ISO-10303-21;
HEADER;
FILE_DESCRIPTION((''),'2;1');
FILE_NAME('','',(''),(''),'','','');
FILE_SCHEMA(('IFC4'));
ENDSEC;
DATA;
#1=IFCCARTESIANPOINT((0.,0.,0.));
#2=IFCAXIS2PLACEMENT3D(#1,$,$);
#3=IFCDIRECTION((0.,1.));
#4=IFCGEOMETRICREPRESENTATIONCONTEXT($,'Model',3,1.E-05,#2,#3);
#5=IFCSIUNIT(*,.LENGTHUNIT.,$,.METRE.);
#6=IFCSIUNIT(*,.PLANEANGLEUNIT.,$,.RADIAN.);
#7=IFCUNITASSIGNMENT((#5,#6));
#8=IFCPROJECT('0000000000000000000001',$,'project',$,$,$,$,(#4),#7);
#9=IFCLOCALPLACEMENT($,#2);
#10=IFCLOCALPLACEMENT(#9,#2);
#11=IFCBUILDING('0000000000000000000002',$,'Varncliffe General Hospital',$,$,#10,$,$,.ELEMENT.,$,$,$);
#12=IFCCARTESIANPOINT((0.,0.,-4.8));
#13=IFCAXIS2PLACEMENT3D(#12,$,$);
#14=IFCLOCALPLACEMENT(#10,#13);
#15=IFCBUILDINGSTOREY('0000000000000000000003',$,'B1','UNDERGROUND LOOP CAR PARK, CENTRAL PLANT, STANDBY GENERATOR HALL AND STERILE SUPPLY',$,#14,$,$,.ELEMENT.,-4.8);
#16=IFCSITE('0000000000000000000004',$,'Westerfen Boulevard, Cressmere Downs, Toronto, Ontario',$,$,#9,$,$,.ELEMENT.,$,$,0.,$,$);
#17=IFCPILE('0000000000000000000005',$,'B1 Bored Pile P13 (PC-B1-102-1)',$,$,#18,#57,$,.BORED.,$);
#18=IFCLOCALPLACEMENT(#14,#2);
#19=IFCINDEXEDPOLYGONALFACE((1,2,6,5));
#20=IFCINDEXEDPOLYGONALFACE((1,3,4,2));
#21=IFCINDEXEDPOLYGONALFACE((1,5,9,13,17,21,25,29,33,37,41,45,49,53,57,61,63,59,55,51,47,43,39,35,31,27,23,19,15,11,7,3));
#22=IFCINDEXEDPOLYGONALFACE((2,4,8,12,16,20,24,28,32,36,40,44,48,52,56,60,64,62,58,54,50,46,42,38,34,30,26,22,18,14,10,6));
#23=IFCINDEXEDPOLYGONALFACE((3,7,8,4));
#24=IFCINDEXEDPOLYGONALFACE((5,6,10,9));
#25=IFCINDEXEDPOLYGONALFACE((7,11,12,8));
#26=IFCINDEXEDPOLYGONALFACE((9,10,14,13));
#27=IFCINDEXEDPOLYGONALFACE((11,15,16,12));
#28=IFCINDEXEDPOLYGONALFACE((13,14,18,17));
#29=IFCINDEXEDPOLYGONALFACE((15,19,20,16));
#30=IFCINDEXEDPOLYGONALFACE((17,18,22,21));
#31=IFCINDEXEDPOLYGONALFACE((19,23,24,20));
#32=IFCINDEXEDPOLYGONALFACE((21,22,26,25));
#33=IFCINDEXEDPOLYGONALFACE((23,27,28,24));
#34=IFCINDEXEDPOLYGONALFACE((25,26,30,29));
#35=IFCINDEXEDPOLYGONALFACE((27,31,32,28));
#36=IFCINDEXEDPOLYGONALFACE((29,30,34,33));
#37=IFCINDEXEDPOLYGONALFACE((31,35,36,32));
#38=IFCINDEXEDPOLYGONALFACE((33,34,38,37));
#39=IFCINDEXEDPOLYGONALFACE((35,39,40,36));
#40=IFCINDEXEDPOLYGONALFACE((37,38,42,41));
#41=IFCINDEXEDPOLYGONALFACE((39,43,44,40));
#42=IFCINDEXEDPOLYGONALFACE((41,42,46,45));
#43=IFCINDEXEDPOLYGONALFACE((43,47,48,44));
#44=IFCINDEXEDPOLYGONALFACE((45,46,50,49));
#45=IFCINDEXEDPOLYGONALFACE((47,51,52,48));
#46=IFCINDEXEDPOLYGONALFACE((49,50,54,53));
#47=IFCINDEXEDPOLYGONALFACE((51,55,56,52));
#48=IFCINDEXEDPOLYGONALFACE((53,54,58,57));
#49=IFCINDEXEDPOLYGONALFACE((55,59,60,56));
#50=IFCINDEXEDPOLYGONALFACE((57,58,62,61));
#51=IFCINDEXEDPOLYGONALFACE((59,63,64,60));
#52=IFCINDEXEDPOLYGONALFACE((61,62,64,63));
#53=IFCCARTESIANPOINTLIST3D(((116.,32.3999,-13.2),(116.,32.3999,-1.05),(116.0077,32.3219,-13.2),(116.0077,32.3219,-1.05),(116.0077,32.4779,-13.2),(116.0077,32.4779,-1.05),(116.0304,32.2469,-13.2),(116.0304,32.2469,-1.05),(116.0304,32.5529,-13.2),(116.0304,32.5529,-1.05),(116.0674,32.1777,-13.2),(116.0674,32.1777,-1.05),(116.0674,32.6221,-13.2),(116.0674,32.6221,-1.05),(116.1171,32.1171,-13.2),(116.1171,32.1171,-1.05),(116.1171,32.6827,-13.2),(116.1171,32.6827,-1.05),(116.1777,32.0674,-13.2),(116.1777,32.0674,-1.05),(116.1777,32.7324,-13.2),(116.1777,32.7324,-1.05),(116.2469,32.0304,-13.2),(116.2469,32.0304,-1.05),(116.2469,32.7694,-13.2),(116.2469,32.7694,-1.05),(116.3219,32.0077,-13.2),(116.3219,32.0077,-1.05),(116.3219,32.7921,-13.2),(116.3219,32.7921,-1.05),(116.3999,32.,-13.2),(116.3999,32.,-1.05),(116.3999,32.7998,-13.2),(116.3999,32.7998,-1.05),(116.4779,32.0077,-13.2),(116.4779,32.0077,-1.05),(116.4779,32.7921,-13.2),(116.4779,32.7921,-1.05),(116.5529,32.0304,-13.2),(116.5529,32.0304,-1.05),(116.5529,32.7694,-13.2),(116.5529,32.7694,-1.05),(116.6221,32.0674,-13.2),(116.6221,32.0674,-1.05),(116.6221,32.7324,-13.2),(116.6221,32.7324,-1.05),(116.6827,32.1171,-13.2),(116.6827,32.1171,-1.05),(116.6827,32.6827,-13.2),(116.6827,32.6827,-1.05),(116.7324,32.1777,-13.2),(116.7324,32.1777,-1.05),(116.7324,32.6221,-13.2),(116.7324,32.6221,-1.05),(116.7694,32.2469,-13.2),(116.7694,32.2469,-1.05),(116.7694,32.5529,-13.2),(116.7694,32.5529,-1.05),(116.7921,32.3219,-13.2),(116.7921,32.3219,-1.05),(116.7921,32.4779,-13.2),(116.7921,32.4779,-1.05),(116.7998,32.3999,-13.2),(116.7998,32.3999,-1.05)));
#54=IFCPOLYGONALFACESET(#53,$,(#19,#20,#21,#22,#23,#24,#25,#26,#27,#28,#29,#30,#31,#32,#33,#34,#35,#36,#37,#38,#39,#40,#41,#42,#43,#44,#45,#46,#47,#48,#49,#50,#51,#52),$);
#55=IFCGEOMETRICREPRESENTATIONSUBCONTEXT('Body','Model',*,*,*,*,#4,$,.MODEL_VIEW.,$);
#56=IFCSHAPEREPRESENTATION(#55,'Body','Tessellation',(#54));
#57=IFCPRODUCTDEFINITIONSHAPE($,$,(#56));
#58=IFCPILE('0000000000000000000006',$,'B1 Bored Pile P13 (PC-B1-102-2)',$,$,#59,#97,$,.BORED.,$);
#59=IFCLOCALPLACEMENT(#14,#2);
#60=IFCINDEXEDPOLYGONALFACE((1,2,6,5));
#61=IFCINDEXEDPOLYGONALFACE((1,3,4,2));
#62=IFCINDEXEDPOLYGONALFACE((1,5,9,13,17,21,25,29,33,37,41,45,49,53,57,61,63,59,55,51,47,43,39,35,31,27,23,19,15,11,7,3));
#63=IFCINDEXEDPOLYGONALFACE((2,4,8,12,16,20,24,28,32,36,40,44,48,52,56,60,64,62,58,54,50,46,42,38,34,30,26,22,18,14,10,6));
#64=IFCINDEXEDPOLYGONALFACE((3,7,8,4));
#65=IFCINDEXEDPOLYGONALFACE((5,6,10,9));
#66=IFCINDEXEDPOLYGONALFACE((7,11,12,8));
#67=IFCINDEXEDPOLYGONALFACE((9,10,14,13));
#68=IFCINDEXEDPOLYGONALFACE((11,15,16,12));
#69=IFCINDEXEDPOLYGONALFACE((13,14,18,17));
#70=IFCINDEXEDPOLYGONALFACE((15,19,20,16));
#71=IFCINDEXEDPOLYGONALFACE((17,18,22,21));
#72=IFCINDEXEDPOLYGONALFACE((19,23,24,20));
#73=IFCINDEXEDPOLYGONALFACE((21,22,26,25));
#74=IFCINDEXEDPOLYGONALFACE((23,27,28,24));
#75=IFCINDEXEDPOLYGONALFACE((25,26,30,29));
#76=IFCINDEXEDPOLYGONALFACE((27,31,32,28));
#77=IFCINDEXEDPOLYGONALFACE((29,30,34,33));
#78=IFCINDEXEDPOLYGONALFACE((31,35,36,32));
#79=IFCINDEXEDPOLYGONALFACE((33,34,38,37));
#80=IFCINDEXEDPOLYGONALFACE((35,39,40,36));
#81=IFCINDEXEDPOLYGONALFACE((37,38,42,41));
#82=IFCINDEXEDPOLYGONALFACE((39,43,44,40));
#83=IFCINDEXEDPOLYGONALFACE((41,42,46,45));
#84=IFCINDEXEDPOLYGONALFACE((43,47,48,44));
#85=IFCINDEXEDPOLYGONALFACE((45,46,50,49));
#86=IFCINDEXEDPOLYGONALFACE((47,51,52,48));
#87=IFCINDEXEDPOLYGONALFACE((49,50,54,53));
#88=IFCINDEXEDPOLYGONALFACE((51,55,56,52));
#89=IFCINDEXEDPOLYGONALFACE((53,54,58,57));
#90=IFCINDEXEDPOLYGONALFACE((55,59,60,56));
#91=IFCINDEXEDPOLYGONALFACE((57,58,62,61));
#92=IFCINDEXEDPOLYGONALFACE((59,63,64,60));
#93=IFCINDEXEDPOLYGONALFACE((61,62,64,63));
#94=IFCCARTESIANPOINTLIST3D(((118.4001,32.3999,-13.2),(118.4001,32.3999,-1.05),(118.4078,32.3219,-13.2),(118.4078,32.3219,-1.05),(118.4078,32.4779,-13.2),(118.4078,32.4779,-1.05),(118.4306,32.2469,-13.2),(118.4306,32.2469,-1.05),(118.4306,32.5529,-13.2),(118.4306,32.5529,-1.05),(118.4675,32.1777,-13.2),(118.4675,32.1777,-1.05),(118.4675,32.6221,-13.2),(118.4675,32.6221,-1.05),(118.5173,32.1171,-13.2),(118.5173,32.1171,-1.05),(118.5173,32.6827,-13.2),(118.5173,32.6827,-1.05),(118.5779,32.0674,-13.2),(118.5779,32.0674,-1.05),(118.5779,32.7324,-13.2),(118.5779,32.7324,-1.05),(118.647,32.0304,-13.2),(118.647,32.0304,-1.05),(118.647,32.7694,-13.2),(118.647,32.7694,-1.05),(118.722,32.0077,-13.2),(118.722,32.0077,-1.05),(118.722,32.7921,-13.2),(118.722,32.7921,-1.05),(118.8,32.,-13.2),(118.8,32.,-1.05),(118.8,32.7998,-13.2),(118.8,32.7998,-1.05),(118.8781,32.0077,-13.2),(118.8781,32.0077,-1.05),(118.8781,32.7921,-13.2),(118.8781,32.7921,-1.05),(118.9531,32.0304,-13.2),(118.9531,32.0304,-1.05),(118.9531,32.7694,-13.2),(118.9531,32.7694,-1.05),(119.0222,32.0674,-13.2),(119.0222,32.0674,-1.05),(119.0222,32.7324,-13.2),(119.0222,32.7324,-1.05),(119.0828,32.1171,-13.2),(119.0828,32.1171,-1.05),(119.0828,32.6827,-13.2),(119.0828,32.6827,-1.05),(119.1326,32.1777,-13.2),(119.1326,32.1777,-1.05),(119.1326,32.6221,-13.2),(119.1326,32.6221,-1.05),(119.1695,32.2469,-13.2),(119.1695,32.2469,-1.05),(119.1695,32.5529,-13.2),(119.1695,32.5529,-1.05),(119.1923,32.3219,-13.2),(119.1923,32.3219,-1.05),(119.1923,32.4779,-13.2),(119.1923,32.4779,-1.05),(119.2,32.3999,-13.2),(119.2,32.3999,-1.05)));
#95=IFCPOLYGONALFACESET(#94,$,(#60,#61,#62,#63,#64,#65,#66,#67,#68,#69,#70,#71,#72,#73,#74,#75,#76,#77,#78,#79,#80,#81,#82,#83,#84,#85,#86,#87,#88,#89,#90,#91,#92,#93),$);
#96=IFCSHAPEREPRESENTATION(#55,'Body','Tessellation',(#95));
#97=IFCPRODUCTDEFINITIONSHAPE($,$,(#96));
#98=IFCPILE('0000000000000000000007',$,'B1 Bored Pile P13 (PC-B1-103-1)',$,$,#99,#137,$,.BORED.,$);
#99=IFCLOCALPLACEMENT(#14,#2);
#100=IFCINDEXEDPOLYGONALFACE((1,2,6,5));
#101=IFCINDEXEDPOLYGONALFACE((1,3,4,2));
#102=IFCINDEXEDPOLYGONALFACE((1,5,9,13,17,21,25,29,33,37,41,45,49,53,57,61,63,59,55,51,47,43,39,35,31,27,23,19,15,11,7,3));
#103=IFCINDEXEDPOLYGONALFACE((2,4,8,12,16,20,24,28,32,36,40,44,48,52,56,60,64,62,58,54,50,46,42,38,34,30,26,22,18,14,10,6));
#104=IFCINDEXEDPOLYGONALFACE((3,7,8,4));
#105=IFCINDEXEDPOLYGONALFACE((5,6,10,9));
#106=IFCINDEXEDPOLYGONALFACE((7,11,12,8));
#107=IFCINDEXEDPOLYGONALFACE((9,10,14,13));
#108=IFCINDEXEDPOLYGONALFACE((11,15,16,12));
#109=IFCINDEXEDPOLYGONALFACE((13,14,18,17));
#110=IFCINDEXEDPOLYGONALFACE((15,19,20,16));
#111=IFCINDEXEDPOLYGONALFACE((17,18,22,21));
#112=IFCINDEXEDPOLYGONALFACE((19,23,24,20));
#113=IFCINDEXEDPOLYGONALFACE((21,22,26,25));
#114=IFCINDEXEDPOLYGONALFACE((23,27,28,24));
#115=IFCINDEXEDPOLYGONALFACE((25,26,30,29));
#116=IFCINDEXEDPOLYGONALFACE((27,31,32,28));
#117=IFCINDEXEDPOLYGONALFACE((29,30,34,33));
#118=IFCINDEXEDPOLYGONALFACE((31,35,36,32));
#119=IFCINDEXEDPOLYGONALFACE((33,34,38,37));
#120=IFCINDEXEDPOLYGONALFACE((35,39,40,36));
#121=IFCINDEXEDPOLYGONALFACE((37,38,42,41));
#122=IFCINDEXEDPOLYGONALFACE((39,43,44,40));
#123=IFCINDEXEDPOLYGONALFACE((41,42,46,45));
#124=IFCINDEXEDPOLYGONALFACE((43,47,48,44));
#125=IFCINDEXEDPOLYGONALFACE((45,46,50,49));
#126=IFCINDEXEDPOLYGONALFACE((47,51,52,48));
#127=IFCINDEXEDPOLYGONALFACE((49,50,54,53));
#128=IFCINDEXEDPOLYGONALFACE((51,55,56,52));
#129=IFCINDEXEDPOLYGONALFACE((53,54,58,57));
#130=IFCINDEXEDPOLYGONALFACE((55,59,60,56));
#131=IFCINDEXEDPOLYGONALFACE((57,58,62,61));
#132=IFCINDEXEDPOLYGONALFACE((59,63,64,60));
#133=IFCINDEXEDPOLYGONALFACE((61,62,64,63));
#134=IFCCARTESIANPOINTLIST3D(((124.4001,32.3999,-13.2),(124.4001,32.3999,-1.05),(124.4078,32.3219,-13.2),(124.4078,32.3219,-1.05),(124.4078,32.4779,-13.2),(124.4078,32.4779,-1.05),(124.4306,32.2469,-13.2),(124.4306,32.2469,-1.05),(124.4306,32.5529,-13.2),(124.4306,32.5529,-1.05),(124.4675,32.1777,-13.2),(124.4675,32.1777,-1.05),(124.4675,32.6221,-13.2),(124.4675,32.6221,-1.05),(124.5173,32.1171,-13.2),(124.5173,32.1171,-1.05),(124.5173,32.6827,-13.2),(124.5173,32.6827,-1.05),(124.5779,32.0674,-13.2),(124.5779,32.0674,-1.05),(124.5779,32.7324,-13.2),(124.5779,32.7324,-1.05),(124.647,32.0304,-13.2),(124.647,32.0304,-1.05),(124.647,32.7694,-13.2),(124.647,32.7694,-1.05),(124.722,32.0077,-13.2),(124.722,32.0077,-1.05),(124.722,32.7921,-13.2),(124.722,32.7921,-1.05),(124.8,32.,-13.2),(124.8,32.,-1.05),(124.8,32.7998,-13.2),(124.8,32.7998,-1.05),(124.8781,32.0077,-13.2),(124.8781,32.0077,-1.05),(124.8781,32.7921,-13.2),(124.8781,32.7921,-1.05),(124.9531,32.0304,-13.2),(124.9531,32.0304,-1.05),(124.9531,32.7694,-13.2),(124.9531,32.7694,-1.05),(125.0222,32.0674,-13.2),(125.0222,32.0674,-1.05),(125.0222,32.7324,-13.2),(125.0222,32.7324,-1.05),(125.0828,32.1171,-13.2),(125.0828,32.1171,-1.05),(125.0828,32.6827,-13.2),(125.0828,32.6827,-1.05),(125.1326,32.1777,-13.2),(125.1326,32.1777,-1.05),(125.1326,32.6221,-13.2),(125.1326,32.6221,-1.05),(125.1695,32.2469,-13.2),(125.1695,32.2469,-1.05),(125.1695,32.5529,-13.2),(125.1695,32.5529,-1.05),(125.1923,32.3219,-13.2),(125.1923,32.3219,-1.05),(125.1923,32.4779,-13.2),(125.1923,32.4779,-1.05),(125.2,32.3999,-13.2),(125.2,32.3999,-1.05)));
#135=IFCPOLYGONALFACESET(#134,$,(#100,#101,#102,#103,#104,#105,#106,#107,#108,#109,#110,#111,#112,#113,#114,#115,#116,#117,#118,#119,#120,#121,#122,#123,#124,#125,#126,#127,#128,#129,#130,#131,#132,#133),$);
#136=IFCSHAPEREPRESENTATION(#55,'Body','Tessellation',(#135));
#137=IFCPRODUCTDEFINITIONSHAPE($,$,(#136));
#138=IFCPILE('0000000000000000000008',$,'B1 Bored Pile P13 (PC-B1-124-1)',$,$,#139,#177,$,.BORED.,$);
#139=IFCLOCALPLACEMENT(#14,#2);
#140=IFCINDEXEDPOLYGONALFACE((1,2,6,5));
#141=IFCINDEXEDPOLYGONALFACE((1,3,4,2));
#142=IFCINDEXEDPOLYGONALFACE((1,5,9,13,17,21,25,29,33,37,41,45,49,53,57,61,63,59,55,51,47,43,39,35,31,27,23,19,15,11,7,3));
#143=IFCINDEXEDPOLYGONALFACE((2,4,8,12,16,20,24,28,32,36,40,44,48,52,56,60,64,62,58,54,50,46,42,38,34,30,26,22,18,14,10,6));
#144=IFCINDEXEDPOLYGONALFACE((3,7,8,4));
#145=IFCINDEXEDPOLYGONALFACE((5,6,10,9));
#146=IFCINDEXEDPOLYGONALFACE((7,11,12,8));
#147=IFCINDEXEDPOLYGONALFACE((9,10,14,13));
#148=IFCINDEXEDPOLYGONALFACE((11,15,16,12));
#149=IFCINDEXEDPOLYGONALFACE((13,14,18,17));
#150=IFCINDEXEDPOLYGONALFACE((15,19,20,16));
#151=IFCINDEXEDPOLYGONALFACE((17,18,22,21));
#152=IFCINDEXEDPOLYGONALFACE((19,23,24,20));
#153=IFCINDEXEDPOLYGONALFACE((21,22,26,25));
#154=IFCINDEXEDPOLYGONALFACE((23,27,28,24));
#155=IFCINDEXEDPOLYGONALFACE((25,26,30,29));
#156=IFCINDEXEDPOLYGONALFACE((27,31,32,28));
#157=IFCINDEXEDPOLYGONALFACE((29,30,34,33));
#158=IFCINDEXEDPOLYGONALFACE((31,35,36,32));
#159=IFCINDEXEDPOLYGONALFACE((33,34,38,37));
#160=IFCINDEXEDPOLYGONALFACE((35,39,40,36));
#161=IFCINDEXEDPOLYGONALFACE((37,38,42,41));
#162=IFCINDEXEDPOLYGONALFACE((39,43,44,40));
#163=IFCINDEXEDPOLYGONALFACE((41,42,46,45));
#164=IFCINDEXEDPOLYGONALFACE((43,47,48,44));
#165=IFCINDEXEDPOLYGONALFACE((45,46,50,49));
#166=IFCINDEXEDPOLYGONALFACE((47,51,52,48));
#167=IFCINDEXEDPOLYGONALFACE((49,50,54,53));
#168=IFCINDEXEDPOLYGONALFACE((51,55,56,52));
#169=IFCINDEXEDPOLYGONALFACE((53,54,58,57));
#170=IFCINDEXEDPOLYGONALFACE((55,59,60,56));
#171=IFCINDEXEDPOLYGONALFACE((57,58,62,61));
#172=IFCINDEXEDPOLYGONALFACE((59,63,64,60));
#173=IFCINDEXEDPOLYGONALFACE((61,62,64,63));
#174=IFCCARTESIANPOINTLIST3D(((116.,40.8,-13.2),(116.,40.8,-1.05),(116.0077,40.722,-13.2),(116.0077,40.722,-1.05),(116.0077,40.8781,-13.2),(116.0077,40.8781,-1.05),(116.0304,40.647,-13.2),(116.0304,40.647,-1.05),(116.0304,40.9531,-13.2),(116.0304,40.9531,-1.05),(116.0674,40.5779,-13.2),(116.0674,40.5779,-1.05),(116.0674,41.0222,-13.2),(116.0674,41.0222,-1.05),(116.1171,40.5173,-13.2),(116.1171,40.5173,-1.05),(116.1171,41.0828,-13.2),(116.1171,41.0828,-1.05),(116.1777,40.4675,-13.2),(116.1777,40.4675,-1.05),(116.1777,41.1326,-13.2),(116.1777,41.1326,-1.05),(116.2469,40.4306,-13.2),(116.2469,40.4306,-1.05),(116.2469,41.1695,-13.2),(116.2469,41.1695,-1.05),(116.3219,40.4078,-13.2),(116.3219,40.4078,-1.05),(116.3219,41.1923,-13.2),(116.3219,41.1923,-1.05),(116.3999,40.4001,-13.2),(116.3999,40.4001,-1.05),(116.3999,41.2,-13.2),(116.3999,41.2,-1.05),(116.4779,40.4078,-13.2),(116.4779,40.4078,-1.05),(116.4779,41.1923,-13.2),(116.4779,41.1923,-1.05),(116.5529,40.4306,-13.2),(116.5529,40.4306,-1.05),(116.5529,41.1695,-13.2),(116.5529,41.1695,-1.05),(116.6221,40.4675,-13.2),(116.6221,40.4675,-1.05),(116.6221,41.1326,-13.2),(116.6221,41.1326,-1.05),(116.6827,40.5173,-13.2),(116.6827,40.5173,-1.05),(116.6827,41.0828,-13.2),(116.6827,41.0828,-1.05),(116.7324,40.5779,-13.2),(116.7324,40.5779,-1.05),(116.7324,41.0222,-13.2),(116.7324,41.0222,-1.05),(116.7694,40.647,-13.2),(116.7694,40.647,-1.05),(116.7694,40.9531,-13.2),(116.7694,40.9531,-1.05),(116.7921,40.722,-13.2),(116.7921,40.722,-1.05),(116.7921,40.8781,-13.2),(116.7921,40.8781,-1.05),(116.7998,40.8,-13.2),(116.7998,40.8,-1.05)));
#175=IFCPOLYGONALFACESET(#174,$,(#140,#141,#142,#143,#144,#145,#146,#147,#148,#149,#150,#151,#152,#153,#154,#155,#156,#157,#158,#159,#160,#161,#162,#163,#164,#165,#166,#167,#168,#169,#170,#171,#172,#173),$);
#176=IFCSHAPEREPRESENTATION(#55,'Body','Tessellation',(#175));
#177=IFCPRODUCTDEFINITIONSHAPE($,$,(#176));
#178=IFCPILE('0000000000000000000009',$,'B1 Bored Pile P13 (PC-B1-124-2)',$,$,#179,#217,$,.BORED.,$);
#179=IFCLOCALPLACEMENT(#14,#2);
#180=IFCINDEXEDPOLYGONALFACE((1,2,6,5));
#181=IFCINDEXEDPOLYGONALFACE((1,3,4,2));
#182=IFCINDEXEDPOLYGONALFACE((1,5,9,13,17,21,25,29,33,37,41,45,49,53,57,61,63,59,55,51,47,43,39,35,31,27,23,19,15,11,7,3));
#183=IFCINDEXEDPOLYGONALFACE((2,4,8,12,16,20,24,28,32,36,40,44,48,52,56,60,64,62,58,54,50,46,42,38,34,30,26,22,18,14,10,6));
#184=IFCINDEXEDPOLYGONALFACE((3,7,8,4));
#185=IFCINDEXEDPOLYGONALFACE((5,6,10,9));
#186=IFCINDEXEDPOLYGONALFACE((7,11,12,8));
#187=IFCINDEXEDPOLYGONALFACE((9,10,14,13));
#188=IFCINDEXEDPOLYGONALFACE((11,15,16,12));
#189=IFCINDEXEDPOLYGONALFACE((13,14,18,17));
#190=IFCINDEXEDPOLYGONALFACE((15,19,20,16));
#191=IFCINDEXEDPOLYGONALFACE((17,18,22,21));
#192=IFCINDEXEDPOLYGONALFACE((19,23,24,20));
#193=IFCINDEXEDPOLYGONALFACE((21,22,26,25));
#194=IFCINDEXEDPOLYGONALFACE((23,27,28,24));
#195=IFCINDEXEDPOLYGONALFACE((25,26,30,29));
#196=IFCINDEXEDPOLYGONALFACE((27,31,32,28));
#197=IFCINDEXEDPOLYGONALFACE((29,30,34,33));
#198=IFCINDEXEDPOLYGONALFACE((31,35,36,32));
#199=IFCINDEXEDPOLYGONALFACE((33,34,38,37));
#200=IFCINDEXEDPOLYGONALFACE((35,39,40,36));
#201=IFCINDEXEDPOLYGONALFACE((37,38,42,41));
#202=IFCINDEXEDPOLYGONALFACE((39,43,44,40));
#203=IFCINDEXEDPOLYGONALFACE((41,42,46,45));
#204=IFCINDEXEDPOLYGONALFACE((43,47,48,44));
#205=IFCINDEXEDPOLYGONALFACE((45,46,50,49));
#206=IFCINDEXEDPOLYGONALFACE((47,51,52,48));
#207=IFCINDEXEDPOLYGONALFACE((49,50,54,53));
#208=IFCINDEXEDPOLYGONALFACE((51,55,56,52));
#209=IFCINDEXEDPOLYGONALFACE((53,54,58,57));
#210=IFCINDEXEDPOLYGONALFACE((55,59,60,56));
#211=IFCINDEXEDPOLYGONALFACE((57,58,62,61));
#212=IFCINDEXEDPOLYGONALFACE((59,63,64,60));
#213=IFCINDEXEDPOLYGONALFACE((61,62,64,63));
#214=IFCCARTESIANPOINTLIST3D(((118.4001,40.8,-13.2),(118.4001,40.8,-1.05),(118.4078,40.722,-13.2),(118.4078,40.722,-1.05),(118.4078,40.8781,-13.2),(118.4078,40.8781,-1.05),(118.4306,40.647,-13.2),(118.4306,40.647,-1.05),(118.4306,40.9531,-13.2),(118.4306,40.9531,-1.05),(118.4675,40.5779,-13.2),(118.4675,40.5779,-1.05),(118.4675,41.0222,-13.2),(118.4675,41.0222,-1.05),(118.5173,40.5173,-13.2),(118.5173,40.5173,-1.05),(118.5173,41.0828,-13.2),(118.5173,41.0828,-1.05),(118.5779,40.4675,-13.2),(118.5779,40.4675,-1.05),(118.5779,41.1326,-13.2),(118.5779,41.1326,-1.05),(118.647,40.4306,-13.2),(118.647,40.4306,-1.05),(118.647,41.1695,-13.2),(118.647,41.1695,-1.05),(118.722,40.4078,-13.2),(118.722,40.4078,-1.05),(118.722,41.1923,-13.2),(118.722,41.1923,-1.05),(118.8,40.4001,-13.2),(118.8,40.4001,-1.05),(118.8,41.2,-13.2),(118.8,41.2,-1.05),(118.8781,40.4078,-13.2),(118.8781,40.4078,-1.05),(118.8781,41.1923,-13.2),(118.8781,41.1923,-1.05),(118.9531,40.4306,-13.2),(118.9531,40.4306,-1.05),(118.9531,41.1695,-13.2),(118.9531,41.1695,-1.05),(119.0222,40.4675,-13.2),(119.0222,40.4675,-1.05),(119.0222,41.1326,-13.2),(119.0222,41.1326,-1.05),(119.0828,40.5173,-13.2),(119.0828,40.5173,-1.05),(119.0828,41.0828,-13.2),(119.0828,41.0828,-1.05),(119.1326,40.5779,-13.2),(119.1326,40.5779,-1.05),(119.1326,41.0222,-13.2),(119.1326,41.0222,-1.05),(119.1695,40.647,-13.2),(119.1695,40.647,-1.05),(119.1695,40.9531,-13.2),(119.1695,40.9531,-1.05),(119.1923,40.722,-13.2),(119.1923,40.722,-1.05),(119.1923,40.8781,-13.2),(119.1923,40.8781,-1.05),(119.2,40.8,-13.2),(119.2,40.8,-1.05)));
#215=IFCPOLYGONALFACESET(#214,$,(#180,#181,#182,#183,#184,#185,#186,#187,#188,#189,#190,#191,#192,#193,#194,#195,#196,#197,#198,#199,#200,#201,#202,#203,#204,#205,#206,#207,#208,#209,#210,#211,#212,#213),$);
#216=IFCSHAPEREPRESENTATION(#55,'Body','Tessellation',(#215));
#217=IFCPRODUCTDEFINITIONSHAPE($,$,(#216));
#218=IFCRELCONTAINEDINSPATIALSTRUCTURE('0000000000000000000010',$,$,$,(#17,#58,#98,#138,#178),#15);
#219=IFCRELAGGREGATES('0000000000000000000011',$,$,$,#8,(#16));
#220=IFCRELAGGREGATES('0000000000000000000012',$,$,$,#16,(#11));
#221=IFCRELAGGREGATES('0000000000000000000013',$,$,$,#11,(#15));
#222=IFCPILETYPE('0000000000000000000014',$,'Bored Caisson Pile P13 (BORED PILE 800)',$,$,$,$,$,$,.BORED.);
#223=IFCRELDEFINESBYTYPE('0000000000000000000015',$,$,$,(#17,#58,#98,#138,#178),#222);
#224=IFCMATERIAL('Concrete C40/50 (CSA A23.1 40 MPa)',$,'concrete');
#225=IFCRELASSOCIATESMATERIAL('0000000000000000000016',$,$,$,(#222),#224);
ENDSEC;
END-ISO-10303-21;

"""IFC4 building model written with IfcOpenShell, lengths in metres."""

from ifc_helpers import new_model, si_unit, direction, frame, origin, origin_2d, place, context, subcontext, project, spatial, circle, extrude, material, material_profile, profile_set, type_object, element, save


model = new_model("IFC4")

# Units and contexts
model_context = context("Model", 3, precision=1e-05, world=origin(), true_north=direction((0.0, 1.0)))
body_context = subcontext(model_context, "Body", "Model", "MODEL_VIEW")
ifc_project = project(units=[si_unit("LENGTHUNIT", "METRE"), si_unit("PLANEANGLEUNIT", "RADIAN")], contexts=[model_context])

# Site, building, storey
site_placement = place(None, origin())
site = spatial("IfcSite", under=ifc_project, at=site_placement, Name="Westerfen Boulevard, Cressmere Downs, Toronto, Ontario", CompositionType="ELEMENT", RefElevation=0.0)
building_placement = place(site_placement, origin())
building = spatial("IfcBuilding", under=site, at=building_placement, Name="Varncliffe General Hospital", CompositionType="ELEMENT")
storey_placement = place(building_placement, frame((0.0, 0.0, -4.8)))
storey = spatial("IfcBuildingStorey", under=building, at=storey_placement, Name="B1", Description="UNDERGROUND LOOP CAR PARK, CENTRAL PLANT, STANDBY GENERATOR HALL AND STERILE SUPPLY", CompositionType="ELEMENT", Elevation=-4.8)

# Piles
ifc_material_1 = material(Name="Concrete C40/50 (CSA A23.1 40 MPa)", Category="concrete")
ifc_material_profile_1 = material_profile(ifc_material_1, circle(Radius=0.3999, at=origin_2d()), Name="BORED PILE 800")
ifc_profile_set_1 = profile_set([ifc_material_profile_1], Name="Concrete C40/50 (CSA A23.1 40 MPa)")
pile_type = type_object("IfcPileType", Name="Bored Caisson Pile P13 (BORED PILE 800)", PredefinedType="BORED", material=ifc_profile_set_1)
for number, where, z_axis, x_axis, name in (
    (1, (116.3999, 32.3999, -1.05), (0.0, 0.0, -1.0), (1.0, 0.0, 0.0), "B1 Bored Pile P13 (PC-B1-102-1)"),
    (2, (118.8, 32.3999, -1.05), (0.0, 0.0, -1.0), (1.0, 0.0, 0.0), "B1 Bored Pile P13 (PC-B1-102-2)"),
    (3, (124.8, 32.3999, -1.05), (0.0, 0.0, -1.0), (1.0, 0.0, 0.0), "B1 Bored Pile P13 (PC-B1-103-1)"),
    (4, (116.3999, 40.8, -1.05), (0.0, 0.0, -1.0), (1.0, 0.0, 0.0), "B1 Bored Pile P13 (PC-B1-124-1)"),
    (5, (118.8, 40.8, -1.05), (0.0, 0.0, -1.0), (1.0, 0.0, 0.0), "B1 Bored Pile P13 (PC-B1-124-2)"),
):
    element("IfcPile", number, at=place(storey_placement, frame(where, z_axis=z_axis, x_axis=x_axis)), inside=storey, type_object=pile_type, Name=name, PredefinedType="BORED", context=body_context, shape_type="SweptSolid", body=[
        extrude(circle(Radius=0.3999, at=origin_2d()), origin(), (0.0, 0.0, 1.0), 12.1499),
    ])

save(model, "model.ifc")
